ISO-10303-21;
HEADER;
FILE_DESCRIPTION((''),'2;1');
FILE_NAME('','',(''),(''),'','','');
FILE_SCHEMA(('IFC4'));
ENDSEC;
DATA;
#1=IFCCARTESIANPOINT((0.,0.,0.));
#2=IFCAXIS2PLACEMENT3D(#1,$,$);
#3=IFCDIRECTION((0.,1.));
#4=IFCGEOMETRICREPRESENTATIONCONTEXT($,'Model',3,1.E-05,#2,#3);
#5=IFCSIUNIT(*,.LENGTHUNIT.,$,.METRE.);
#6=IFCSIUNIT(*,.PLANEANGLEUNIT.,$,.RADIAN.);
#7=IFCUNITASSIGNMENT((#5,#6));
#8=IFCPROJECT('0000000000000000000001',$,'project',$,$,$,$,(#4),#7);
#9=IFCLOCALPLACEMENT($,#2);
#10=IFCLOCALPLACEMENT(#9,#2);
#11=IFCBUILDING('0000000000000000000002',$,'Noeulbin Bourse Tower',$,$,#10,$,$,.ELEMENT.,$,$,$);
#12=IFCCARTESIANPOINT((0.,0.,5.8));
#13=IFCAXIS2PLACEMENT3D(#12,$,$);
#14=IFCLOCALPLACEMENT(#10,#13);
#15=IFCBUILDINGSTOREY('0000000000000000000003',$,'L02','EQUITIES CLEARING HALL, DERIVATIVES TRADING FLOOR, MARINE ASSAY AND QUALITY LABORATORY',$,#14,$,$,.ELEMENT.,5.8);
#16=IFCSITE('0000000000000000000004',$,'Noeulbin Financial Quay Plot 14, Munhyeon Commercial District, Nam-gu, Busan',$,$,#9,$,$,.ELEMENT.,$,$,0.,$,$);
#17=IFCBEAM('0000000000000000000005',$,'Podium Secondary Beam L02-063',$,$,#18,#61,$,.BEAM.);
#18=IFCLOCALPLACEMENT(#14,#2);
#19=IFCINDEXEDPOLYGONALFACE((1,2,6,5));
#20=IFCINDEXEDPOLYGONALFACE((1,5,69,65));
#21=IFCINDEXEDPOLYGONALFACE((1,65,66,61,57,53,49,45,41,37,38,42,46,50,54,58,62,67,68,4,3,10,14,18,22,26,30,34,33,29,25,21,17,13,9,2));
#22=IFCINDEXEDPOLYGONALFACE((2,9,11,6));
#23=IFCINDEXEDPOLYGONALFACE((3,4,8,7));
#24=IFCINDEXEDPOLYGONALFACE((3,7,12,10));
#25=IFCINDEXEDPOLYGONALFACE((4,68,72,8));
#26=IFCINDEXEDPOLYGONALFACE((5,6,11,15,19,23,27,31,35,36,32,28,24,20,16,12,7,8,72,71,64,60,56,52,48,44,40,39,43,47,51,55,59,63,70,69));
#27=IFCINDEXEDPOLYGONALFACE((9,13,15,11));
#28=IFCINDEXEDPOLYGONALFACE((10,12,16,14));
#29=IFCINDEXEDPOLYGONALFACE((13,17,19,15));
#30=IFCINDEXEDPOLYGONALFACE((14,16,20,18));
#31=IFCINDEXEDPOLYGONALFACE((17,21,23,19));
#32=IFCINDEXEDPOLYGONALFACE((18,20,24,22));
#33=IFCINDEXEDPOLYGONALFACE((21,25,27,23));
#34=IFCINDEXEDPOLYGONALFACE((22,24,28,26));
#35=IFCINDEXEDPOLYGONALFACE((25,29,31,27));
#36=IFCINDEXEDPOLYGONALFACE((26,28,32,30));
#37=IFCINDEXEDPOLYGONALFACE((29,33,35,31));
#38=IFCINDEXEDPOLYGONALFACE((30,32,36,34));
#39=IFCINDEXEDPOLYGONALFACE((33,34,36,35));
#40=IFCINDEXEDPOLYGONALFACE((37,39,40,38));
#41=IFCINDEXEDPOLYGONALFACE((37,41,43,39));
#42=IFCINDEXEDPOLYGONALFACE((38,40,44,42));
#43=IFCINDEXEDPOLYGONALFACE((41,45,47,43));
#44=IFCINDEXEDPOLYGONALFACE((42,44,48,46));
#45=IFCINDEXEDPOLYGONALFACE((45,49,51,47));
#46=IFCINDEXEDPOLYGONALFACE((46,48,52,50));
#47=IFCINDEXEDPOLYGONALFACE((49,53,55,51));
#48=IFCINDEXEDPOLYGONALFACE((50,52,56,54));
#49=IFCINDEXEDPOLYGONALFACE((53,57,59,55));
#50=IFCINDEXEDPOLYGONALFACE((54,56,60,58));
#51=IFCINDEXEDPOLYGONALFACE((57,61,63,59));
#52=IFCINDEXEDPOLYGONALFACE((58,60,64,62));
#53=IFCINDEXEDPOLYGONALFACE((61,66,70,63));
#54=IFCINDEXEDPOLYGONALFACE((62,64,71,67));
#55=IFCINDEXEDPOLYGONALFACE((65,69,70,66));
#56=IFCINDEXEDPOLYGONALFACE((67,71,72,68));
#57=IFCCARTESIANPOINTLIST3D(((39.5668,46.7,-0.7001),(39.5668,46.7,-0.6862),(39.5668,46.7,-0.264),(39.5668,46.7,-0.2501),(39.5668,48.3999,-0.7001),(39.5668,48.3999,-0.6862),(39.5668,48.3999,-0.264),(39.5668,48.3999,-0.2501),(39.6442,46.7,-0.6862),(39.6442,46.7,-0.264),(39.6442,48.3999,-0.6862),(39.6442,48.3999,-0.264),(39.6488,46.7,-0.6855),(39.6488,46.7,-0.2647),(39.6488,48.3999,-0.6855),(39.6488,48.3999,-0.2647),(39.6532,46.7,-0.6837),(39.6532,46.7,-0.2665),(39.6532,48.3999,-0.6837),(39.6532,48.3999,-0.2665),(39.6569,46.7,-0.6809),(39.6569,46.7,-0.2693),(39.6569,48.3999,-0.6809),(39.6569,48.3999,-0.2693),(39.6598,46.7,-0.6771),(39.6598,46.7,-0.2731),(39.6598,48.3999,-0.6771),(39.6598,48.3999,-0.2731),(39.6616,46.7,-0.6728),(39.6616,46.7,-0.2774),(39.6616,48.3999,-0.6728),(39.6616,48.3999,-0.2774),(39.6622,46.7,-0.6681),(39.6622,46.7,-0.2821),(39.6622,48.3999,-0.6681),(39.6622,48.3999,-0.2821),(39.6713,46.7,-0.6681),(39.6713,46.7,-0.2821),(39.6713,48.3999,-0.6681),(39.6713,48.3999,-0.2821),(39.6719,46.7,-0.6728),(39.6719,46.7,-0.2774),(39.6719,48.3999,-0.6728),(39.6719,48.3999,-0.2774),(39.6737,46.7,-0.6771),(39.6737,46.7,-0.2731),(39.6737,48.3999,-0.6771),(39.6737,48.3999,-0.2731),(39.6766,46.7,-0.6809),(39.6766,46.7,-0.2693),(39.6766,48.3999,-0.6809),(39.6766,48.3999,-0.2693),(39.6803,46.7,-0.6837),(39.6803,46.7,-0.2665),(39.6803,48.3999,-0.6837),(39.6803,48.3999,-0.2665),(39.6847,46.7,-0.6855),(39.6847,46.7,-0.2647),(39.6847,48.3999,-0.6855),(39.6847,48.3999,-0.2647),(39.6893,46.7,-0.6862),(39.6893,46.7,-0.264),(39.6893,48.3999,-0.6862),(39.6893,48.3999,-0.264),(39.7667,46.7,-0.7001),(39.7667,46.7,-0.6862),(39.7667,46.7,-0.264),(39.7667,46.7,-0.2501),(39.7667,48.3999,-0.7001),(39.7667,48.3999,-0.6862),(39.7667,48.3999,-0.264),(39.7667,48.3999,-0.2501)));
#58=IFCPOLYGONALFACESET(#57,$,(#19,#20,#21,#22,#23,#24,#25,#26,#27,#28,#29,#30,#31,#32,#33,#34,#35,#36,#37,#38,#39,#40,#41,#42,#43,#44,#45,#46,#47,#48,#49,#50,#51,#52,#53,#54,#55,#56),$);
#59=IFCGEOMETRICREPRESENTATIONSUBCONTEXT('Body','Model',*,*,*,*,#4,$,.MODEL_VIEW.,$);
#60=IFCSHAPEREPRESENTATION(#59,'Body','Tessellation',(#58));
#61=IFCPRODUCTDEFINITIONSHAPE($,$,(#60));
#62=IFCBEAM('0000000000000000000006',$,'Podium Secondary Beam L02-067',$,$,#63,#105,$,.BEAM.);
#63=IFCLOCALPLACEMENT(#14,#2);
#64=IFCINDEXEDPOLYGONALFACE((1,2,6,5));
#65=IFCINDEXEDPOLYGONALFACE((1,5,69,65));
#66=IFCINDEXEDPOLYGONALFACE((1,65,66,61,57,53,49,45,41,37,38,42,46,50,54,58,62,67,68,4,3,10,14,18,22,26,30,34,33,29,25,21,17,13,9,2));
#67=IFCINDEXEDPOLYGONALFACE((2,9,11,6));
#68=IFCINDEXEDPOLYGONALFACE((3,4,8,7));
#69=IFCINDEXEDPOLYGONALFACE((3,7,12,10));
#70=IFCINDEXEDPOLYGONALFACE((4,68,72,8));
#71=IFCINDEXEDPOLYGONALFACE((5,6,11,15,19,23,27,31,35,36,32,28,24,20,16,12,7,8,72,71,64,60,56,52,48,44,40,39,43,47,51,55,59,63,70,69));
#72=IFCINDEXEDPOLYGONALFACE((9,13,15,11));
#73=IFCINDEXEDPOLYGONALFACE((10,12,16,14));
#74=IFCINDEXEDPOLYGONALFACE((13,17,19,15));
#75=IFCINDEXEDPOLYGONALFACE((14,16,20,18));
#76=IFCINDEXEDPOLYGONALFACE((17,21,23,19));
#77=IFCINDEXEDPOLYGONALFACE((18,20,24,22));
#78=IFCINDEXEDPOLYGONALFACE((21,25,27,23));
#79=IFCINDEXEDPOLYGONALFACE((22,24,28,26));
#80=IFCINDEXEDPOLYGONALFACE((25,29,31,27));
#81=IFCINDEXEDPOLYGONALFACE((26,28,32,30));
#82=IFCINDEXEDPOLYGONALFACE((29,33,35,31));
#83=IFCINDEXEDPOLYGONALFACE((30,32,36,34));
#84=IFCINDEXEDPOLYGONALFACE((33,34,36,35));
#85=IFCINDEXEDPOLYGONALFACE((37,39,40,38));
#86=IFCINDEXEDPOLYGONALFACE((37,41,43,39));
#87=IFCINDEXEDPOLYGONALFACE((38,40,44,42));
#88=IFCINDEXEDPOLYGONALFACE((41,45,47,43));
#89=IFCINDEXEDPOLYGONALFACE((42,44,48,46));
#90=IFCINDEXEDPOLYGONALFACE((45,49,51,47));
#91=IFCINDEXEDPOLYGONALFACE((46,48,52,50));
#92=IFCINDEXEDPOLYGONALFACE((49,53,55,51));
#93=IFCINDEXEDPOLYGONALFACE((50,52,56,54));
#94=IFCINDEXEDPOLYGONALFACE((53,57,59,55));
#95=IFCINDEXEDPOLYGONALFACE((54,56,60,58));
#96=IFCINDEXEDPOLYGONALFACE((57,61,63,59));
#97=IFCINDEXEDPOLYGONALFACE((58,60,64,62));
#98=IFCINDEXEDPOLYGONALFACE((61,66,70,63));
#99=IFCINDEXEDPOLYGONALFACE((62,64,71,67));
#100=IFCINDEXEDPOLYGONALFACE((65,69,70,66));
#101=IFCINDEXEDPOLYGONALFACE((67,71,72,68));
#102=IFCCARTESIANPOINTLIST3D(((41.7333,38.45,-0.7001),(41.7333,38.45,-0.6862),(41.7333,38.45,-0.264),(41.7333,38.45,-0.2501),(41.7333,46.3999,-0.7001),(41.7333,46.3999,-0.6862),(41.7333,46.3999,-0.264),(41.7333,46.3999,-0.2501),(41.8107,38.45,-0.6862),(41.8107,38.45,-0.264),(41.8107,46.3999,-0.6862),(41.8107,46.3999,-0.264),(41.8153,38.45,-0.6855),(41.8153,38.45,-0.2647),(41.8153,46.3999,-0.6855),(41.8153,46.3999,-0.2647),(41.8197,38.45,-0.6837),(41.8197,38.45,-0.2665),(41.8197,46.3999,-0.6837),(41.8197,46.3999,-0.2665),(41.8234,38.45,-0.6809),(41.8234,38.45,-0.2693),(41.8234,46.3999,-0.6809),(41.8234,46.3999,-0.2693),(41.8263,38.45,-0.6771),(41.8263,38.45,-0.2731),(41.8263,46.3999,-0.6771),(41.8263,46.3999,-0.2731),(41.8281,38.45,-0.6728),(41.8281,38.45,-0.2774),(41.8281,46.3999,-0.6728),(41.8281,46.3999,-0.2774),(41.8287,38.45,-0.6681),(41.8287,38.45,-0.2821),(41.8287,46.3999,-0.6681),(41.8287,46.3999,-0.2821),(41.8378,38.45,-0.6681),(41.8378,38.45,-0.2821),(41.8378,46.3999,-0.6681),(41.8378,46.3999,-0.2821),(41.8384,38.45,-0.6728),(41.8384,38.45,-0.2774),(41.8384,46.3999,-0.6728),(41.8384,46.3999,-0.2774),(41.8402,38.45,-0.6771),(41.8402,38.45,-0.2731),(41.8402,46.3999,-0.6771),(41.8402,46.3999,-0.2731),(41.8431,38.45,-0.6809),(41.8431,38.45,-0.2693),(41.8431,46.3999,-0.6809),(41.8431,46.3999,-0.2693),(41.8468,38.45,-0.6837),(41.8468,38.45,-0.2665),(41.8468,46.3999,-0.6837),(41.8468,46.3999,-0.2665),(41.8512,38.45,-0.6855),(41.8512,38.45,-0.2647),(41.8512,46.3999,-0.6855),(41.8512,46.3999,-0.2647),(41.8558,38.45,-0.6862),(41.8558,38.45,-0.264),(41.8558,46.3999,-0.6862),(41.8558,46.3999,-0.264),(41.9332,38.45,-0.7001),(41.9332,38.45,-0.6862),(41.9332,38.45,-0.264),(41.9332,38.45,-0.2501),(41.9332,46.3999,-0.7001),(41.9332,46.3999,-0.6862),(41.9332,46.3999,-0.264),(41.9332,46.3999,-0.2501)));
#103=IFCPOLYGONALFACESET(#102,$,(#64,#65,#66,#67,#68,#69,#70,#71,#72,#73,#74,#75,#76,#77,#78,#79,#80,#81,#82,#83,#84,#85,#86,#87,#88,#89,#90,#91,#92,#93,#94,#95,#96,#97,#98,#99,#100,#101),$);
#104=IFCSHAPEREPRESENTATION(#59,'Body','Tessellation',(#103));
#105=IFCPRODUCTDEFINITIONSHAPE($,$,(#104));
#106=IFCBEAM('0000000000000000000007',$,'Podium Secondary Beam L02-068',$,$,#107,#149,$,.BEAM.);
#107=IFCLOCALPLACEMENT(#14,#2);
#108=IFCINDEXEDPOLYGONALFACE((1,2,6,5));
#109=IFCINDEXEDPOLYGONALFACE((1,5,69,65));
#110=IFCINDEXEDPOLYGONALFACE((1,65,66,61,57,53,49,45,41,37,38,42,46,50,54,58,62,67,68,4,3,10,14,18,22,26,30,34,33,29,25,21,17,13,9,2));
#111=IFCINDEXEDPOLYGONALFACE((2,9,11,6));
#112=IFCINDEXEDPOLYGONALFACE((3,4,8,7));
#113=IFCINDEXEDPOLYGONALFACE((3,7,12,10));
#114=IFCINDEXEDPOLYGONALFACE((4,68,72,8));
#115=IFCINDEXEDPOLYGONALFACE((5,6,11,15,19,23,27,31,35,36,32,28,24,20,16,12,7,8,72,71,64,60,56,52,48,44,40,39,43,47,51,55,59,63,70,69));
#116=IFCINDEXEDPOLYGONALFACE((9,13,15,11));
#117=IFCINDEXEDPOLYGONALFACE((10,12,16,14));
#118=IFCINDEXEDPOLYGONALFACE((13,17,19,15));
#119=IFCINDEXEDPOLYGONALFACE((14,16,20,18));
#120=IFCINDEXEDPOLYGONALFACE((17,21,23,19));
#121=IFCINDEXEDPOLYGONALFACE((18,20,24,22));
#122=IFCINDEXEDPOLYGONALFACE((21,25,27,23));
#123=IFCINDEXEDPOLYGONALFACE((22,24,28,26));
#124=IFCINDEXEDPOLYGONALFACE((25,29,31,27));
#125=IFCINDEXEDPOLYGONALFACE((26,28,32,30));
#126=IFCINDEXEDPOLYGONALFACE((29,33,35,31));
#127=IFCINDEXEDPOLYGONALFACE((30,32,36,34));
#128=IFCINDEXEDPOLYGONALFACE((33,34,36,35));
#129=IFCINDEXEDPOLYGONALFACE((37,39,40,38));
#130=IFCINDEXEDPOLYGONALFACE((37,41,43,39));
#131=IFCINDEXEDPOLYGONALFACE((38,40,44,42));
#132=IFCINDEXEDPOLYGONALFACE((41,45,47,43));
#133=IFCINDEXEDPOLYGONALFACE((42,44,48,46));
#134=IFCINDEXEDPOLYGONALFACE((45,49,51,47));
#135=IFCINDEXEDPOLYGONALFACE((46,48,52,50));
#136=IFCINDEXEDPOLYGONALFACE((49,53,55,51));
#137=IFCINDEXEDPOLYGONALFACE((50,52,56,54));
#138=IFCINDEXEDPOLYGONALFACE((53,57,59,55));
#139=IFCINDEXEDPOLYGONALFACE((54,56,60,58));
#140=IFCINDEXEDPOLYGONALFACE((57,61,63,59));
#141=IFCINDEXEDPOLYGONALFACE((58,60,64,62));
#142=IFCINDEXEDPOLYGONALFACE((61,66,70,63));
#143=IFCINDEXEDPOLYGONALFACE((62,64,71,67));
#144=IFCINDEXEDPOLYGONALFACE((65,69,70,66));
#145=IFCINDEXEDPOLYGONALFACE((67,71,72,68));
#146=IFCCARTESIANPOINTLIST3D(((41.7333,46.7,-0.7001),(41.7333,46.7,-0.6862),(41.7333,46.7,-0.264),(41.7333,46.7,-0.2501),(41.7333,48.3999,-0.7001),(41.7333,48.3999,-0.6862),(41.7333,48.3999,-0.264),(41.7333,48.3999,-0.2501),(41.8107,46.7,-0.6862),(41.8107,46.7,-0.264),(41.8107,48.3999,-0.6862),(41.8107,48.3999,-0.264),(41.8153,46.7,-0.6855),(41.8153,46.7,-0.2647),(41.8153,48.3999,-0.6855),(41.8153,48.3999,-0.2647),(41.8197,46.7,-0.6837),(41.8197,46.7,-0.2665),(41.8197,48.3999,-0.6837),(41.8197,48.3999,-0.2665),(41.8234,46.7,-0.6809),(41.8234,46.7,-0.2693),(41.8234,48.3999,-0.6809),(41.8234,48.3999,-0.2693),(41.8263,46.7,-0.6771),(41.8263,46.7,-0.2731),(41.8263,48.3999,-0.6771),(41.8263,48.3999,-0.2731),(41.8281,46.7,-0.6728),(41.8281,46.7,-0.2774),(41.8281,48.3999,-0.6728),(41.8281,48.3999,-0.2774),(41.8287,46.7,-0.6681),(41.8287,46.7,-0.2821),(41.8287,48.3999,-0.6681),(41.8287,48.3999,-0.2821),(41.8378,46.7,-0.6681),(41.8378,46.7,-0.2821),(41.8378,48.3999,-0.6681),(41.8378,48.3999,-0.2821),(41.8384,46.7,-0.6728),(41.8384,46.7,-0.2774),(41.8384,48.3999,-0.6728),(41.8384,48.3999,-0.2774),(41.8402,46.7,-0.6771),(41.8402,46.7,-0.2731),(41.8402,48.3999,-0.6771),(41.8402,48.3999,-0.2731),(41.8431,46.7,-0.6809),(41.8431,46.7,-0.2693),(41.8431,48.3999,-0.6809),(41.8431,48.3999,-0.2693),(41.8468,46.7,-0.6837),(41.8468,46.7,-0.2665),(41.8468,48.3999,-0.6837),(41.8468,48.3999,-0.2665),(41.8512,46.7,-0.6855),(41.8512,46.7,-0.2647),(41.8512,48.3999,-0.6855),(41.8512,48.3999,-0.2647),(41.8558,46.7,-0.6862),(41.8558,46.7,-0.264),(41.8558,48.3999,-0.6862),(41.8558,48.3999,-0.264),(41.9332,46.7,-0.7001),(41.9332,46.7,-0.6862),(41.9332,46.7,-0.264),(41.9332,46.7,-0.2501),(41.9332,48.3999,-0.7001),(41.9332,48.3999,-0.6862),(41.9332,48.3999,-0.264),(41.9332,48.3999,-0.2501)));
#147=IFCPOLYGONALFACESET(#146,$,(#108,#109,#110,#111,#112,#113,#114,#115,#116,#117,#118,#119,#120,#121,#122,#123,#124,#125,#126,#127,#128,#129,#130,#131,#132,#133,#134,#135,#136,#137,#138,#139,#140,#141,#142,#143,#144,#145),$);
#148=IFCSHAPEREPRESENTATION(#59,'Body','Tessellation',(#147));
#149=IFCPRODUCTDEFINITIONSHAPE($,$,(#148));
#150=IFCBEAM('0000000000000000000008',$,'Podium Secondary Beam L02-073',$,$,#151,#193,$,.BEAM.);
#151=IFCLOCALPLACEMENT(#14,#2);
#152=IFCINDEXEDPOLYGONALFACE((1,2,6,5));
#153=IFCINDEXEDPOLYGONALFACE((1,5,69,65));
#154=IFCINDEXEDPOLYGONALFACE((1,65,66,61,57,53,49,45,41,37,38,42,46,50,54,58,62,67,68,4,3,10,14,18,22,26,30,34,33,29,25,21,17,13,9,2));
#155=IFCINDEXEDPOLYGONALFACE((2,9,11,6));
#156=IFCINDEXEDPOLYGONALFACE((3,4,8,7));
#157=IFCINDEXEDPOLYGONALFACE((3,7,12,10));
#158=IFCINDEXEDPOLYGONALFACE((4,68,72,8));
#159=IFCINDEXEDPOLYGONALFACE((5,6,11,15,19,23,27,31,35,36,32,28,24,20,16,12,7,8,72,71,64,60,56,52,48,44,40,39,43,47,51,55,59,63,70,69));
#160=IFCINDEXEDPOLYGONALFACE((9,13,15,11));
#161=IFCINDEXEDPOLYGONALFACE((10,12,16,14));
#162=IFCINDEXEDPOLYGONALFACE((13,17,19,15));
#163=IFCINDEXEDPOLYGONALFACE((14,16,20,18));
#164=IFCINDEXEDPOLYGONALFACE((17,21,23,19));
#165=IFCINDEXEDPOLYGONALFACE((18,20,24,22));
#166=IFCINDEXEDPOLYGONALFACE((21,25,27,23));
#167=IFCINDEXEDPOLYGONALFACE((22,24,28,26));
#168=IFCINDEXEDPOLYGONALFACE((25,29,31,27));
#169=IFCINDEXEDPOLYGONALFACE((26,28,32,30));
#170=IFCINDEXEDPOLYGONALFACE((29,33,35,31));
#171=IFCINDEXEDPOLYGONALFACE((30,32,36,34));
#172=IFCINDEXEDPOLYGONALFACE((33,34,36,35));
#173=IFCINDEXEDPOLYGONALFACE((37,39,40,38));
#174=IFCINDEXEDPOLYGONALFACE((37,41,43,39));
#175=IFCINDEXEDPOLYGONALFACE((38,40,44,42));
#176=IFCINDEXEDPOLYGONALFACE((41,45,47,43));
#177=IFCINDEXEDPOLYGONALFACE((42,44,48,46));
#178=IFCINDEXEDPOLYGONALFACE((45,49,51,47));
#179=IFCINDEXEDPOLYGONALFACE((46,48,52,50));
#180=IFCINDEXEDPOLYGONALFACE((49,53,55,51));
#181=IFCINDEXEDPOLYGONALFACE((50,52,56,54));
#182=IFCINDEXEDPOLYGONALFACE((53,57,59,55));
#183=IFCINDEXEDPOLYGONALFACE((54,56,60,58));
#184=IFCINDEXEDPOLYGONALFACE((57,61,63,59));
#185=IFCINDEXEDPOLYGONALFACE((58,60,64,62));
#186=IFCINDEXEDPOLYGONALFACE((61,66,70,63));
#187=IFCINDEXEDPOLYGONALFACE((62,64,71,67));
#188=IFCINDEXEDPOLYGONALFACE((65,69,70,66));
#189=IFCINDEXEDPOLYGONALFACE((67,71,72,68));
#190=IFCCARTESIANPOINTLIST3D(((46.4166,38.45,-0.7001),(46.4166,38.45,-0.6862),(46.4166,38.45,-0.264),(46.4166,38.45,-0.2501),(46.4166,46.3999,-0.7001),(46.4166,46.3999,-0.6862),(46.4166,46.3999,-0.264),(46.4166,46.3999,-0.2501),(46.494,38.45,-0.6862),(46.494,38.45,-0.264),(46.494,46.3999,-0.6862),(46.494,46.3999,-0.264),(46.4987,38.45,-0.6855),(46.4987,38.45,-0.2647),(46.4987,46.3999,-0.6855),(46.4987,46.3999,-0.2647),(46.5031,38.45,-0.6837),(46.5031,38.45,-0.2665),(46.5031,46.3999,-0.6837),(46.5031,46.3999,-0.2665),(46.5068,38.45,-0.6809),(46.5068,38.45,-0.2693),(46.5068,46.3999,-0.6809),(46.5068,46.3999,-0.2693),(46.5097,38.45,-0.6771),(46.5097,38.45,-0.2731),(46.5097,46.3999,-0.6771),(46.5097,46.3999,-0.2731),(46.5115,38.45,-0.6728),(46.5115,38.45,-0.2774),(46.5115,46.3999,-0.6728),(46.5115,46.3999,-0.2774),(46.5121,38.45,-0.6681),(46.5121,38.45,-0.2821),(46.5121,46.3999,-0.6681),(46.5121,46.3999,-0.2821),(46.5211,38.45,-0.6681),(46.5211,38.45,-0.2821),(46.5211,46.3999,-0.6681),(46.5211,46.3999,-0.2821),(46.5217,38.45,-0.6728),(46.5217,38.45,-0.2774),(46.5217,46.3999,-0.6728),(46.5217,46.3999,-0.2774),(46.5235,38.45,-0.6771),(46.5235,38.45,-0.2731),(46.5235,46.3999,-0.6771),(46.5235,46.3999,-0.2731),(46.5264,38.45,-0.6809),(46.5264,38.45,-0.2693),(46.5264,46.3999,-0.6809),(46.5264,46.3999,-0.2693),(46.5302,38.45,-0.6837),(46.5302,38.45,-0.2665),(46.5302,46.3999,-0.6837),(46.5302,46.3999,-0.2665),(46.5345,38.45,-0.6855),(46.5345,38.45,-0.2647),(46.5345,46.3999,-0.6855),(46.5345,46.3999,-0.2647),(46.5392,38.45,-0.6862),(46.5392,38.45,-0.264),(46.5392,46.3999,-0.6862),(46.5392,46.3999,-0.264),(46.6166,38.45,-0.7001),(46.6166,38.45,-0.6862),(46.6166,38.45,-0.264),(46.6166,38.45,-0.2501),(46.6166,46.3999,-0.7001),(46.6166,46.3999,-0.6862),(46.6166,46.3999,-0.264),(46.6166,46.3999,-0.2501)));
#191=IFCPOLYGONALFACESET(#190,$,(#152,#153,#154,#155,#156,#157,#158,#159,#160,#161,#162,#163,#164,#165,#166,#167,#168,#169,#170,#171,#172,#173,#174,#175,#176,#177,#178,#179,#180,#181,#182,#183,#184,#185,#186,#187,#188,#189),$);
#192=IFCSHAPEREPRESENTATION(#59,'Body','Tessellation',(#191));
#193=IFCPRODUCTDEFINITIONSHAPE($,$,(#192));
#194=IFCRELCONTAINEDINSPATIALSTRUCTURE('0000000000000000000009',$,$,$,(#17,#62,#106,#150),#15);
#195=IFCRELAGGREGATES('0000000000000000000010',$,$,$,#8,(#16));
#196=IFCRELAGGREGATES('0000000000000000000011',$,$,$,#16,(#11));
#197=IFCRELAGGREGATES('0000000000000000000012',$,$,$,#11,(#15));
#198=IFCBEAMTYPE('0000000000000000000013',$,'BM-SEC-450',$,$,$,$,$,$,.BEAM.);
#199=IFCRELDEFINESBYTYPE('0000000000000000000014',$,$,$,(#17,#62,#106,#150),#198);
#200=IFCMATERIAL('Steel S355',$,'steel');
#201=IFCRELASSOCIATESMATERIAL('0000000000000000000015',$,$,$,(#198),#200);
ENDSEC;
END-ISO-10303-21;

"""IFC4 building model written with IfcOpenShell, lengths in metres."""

from ifc_helpers import new_model, si_unit, direction, frame, origin, origin_2d, place, context, subcontext, project, spatial, i_section, extrude, material, material_profile, profile_set, type_object, element, save


model = new_model("IFC4")

# Units and contexts
model_context = context("Model", 3, precision=1e-05, world=origin(), true_north=direction((0.0, 1.0)))
body_context = subcontext(model_context, "Body", "Model", "MODEL_VIEW")
ifc_project = project(units=[si_unit("LENGTHUNIT", "METRE"), si_unit("PLANEANGLEUNIT", "RADIAN")], contexts=[model_context])

# Site, building, storey
site_placement = place(None, origin())
site = spatial("IfcSite", under=ifc_project, at=site_placement, Name="Noeulbin Financial Quay Plot 14, Munhyeon Commercial District, Nam-gu, Busan", CompositionType="ELEMENT", RefElevation=0.0)
building_placement = place(site_placement, origin())
building = spatial("IfcBuilding", under=site, at=building_placement, Name="Noeulbin Bourse Tower", CompositionType="ELEMENT")
storey_placement = place(building_placement, frame((0.0, 0.0, 5.8)))
storey = spatial("IfcBuildingStorey", under=building, at=storey_placement, Name="L02", Description="EQUITIES CLEARING HALL, DERIVATIVES TRADING FLOOR, MARINE ASSAY AND QUALITY LABORATORY", CompositionType="ELEMENT", Elevation=5.8)

# Beams
ifc_material_1 = material(Name="Steel S355", Category="steel")
ifc_material_profile_1 = material_profile(ifc_material_1, i_section(OverallWidth=0.2, OverallDepth=0.45, WebThickness=0.009, FlangeThickness=0.0139, FilletRadius=0.0181, at=origin_2d()), Name="H-450x200x9x14", Category="LoadBearing")
ifc_profile_set_1 = profile_set([ifc_material_profile_1], Name="Steel S355")
beam_type_1 = type_object("IfcBeamType", Name="BM-SEC-450", PredefinedType="BEAM", material=ifc_profile_set_1)
beam_1_placement = place(storey_placement, frame((39.6667, 46.7, -0.4751), z_axis=(0.0, 1.0, 0.0), x_axis=(-1.0, 0.0, 0.0)))
element("IfcBeam", 1, at=beam_1_placement, inside=storey, type_object=beam_type_1, Name="Podium Secondary Beam L02-063", PredefinedType="BEAM", context=body_context, shape_type="SweptSolid", body=[
    extrude(i_section(OverallWidth=0.2, OverallDepth=0.45, WebThickness=0.009, FlangeThickness=0.0139, FilletRadius=0.0181, at=origin_2d()), origin(), (0.0, 0.0, 1.0), 1.7),
])
beam_2_placement = place(storey_placement, frame((41.8333, 38.45, -0.4751), z_axis=(0.0, 1.0, 0.0), x_axis=(-1.0, 0.0, 0.0)))
element("IfcBeam", 2, at=beam_2_placement, inside=storey, type_object=beam_type_1, Name="Podium Secondary Beam L02-067", PredefinedType="BEAM", context=body_context, shape_type="SweptSolid", body=[
    extrude(i_section(OverallWidth=0.2, OverallDepth=0.45, WebThickness=0.009, FlangeThickness=0.0139, FilletRadius=0.0181, at=origin_2d()), origin(), (0.0, 0.0, 1.0), 7.95),
])
beam_3_placement = place(storey_placement, frame((41.8333, 46.7, -0.4751), z_axis=(0.0, 1.0, 0.0), x_axis=(-1.0, 0.0, 0.0)))
element("IfcBeam", 3, at=beam_3_placement, inside=storey, type_object=beam_type_1, Name="Podium Secondary Beam L02-068", PredefinedType="BEAM", context=body_context, shape_type="SweptSolid", body=[
    extrude(i_section(OverallWidth=0.2, OverallDepth=0.45, WebThickness=0.009, FlangeThickness=0.0139, FilletRadius=0.0181, at=origin_2d()), origin(), (0.0, 0.0, 1.0), 1.7),
])
beam_4_placement = place(storey_placement, frame((46.5166, 38.45, -0.4751), z_axis=(0.0, 1.0, 0.0), x_axis=(-1.0, 0.0, 0.0)))
element("IfcBeam", 4, at=beam_4_placement, inside=storey, type_object=beam_type_1, Name="Podium Secondary Beam L02-073", PredefinedType="BEAM", context=body_context, shape_type="SweptSolid", body=[
    extrude(i_section(OverallWidth=0.2, OverallDepth=0.45, WebThickness=0.009, FlangeThickness=0.0139, FilletRadius=0.0181, at=origin_2d()), origin(), (0.0, 0.0, 1.0), 7.95),
])

save(model, "model.ifc")
